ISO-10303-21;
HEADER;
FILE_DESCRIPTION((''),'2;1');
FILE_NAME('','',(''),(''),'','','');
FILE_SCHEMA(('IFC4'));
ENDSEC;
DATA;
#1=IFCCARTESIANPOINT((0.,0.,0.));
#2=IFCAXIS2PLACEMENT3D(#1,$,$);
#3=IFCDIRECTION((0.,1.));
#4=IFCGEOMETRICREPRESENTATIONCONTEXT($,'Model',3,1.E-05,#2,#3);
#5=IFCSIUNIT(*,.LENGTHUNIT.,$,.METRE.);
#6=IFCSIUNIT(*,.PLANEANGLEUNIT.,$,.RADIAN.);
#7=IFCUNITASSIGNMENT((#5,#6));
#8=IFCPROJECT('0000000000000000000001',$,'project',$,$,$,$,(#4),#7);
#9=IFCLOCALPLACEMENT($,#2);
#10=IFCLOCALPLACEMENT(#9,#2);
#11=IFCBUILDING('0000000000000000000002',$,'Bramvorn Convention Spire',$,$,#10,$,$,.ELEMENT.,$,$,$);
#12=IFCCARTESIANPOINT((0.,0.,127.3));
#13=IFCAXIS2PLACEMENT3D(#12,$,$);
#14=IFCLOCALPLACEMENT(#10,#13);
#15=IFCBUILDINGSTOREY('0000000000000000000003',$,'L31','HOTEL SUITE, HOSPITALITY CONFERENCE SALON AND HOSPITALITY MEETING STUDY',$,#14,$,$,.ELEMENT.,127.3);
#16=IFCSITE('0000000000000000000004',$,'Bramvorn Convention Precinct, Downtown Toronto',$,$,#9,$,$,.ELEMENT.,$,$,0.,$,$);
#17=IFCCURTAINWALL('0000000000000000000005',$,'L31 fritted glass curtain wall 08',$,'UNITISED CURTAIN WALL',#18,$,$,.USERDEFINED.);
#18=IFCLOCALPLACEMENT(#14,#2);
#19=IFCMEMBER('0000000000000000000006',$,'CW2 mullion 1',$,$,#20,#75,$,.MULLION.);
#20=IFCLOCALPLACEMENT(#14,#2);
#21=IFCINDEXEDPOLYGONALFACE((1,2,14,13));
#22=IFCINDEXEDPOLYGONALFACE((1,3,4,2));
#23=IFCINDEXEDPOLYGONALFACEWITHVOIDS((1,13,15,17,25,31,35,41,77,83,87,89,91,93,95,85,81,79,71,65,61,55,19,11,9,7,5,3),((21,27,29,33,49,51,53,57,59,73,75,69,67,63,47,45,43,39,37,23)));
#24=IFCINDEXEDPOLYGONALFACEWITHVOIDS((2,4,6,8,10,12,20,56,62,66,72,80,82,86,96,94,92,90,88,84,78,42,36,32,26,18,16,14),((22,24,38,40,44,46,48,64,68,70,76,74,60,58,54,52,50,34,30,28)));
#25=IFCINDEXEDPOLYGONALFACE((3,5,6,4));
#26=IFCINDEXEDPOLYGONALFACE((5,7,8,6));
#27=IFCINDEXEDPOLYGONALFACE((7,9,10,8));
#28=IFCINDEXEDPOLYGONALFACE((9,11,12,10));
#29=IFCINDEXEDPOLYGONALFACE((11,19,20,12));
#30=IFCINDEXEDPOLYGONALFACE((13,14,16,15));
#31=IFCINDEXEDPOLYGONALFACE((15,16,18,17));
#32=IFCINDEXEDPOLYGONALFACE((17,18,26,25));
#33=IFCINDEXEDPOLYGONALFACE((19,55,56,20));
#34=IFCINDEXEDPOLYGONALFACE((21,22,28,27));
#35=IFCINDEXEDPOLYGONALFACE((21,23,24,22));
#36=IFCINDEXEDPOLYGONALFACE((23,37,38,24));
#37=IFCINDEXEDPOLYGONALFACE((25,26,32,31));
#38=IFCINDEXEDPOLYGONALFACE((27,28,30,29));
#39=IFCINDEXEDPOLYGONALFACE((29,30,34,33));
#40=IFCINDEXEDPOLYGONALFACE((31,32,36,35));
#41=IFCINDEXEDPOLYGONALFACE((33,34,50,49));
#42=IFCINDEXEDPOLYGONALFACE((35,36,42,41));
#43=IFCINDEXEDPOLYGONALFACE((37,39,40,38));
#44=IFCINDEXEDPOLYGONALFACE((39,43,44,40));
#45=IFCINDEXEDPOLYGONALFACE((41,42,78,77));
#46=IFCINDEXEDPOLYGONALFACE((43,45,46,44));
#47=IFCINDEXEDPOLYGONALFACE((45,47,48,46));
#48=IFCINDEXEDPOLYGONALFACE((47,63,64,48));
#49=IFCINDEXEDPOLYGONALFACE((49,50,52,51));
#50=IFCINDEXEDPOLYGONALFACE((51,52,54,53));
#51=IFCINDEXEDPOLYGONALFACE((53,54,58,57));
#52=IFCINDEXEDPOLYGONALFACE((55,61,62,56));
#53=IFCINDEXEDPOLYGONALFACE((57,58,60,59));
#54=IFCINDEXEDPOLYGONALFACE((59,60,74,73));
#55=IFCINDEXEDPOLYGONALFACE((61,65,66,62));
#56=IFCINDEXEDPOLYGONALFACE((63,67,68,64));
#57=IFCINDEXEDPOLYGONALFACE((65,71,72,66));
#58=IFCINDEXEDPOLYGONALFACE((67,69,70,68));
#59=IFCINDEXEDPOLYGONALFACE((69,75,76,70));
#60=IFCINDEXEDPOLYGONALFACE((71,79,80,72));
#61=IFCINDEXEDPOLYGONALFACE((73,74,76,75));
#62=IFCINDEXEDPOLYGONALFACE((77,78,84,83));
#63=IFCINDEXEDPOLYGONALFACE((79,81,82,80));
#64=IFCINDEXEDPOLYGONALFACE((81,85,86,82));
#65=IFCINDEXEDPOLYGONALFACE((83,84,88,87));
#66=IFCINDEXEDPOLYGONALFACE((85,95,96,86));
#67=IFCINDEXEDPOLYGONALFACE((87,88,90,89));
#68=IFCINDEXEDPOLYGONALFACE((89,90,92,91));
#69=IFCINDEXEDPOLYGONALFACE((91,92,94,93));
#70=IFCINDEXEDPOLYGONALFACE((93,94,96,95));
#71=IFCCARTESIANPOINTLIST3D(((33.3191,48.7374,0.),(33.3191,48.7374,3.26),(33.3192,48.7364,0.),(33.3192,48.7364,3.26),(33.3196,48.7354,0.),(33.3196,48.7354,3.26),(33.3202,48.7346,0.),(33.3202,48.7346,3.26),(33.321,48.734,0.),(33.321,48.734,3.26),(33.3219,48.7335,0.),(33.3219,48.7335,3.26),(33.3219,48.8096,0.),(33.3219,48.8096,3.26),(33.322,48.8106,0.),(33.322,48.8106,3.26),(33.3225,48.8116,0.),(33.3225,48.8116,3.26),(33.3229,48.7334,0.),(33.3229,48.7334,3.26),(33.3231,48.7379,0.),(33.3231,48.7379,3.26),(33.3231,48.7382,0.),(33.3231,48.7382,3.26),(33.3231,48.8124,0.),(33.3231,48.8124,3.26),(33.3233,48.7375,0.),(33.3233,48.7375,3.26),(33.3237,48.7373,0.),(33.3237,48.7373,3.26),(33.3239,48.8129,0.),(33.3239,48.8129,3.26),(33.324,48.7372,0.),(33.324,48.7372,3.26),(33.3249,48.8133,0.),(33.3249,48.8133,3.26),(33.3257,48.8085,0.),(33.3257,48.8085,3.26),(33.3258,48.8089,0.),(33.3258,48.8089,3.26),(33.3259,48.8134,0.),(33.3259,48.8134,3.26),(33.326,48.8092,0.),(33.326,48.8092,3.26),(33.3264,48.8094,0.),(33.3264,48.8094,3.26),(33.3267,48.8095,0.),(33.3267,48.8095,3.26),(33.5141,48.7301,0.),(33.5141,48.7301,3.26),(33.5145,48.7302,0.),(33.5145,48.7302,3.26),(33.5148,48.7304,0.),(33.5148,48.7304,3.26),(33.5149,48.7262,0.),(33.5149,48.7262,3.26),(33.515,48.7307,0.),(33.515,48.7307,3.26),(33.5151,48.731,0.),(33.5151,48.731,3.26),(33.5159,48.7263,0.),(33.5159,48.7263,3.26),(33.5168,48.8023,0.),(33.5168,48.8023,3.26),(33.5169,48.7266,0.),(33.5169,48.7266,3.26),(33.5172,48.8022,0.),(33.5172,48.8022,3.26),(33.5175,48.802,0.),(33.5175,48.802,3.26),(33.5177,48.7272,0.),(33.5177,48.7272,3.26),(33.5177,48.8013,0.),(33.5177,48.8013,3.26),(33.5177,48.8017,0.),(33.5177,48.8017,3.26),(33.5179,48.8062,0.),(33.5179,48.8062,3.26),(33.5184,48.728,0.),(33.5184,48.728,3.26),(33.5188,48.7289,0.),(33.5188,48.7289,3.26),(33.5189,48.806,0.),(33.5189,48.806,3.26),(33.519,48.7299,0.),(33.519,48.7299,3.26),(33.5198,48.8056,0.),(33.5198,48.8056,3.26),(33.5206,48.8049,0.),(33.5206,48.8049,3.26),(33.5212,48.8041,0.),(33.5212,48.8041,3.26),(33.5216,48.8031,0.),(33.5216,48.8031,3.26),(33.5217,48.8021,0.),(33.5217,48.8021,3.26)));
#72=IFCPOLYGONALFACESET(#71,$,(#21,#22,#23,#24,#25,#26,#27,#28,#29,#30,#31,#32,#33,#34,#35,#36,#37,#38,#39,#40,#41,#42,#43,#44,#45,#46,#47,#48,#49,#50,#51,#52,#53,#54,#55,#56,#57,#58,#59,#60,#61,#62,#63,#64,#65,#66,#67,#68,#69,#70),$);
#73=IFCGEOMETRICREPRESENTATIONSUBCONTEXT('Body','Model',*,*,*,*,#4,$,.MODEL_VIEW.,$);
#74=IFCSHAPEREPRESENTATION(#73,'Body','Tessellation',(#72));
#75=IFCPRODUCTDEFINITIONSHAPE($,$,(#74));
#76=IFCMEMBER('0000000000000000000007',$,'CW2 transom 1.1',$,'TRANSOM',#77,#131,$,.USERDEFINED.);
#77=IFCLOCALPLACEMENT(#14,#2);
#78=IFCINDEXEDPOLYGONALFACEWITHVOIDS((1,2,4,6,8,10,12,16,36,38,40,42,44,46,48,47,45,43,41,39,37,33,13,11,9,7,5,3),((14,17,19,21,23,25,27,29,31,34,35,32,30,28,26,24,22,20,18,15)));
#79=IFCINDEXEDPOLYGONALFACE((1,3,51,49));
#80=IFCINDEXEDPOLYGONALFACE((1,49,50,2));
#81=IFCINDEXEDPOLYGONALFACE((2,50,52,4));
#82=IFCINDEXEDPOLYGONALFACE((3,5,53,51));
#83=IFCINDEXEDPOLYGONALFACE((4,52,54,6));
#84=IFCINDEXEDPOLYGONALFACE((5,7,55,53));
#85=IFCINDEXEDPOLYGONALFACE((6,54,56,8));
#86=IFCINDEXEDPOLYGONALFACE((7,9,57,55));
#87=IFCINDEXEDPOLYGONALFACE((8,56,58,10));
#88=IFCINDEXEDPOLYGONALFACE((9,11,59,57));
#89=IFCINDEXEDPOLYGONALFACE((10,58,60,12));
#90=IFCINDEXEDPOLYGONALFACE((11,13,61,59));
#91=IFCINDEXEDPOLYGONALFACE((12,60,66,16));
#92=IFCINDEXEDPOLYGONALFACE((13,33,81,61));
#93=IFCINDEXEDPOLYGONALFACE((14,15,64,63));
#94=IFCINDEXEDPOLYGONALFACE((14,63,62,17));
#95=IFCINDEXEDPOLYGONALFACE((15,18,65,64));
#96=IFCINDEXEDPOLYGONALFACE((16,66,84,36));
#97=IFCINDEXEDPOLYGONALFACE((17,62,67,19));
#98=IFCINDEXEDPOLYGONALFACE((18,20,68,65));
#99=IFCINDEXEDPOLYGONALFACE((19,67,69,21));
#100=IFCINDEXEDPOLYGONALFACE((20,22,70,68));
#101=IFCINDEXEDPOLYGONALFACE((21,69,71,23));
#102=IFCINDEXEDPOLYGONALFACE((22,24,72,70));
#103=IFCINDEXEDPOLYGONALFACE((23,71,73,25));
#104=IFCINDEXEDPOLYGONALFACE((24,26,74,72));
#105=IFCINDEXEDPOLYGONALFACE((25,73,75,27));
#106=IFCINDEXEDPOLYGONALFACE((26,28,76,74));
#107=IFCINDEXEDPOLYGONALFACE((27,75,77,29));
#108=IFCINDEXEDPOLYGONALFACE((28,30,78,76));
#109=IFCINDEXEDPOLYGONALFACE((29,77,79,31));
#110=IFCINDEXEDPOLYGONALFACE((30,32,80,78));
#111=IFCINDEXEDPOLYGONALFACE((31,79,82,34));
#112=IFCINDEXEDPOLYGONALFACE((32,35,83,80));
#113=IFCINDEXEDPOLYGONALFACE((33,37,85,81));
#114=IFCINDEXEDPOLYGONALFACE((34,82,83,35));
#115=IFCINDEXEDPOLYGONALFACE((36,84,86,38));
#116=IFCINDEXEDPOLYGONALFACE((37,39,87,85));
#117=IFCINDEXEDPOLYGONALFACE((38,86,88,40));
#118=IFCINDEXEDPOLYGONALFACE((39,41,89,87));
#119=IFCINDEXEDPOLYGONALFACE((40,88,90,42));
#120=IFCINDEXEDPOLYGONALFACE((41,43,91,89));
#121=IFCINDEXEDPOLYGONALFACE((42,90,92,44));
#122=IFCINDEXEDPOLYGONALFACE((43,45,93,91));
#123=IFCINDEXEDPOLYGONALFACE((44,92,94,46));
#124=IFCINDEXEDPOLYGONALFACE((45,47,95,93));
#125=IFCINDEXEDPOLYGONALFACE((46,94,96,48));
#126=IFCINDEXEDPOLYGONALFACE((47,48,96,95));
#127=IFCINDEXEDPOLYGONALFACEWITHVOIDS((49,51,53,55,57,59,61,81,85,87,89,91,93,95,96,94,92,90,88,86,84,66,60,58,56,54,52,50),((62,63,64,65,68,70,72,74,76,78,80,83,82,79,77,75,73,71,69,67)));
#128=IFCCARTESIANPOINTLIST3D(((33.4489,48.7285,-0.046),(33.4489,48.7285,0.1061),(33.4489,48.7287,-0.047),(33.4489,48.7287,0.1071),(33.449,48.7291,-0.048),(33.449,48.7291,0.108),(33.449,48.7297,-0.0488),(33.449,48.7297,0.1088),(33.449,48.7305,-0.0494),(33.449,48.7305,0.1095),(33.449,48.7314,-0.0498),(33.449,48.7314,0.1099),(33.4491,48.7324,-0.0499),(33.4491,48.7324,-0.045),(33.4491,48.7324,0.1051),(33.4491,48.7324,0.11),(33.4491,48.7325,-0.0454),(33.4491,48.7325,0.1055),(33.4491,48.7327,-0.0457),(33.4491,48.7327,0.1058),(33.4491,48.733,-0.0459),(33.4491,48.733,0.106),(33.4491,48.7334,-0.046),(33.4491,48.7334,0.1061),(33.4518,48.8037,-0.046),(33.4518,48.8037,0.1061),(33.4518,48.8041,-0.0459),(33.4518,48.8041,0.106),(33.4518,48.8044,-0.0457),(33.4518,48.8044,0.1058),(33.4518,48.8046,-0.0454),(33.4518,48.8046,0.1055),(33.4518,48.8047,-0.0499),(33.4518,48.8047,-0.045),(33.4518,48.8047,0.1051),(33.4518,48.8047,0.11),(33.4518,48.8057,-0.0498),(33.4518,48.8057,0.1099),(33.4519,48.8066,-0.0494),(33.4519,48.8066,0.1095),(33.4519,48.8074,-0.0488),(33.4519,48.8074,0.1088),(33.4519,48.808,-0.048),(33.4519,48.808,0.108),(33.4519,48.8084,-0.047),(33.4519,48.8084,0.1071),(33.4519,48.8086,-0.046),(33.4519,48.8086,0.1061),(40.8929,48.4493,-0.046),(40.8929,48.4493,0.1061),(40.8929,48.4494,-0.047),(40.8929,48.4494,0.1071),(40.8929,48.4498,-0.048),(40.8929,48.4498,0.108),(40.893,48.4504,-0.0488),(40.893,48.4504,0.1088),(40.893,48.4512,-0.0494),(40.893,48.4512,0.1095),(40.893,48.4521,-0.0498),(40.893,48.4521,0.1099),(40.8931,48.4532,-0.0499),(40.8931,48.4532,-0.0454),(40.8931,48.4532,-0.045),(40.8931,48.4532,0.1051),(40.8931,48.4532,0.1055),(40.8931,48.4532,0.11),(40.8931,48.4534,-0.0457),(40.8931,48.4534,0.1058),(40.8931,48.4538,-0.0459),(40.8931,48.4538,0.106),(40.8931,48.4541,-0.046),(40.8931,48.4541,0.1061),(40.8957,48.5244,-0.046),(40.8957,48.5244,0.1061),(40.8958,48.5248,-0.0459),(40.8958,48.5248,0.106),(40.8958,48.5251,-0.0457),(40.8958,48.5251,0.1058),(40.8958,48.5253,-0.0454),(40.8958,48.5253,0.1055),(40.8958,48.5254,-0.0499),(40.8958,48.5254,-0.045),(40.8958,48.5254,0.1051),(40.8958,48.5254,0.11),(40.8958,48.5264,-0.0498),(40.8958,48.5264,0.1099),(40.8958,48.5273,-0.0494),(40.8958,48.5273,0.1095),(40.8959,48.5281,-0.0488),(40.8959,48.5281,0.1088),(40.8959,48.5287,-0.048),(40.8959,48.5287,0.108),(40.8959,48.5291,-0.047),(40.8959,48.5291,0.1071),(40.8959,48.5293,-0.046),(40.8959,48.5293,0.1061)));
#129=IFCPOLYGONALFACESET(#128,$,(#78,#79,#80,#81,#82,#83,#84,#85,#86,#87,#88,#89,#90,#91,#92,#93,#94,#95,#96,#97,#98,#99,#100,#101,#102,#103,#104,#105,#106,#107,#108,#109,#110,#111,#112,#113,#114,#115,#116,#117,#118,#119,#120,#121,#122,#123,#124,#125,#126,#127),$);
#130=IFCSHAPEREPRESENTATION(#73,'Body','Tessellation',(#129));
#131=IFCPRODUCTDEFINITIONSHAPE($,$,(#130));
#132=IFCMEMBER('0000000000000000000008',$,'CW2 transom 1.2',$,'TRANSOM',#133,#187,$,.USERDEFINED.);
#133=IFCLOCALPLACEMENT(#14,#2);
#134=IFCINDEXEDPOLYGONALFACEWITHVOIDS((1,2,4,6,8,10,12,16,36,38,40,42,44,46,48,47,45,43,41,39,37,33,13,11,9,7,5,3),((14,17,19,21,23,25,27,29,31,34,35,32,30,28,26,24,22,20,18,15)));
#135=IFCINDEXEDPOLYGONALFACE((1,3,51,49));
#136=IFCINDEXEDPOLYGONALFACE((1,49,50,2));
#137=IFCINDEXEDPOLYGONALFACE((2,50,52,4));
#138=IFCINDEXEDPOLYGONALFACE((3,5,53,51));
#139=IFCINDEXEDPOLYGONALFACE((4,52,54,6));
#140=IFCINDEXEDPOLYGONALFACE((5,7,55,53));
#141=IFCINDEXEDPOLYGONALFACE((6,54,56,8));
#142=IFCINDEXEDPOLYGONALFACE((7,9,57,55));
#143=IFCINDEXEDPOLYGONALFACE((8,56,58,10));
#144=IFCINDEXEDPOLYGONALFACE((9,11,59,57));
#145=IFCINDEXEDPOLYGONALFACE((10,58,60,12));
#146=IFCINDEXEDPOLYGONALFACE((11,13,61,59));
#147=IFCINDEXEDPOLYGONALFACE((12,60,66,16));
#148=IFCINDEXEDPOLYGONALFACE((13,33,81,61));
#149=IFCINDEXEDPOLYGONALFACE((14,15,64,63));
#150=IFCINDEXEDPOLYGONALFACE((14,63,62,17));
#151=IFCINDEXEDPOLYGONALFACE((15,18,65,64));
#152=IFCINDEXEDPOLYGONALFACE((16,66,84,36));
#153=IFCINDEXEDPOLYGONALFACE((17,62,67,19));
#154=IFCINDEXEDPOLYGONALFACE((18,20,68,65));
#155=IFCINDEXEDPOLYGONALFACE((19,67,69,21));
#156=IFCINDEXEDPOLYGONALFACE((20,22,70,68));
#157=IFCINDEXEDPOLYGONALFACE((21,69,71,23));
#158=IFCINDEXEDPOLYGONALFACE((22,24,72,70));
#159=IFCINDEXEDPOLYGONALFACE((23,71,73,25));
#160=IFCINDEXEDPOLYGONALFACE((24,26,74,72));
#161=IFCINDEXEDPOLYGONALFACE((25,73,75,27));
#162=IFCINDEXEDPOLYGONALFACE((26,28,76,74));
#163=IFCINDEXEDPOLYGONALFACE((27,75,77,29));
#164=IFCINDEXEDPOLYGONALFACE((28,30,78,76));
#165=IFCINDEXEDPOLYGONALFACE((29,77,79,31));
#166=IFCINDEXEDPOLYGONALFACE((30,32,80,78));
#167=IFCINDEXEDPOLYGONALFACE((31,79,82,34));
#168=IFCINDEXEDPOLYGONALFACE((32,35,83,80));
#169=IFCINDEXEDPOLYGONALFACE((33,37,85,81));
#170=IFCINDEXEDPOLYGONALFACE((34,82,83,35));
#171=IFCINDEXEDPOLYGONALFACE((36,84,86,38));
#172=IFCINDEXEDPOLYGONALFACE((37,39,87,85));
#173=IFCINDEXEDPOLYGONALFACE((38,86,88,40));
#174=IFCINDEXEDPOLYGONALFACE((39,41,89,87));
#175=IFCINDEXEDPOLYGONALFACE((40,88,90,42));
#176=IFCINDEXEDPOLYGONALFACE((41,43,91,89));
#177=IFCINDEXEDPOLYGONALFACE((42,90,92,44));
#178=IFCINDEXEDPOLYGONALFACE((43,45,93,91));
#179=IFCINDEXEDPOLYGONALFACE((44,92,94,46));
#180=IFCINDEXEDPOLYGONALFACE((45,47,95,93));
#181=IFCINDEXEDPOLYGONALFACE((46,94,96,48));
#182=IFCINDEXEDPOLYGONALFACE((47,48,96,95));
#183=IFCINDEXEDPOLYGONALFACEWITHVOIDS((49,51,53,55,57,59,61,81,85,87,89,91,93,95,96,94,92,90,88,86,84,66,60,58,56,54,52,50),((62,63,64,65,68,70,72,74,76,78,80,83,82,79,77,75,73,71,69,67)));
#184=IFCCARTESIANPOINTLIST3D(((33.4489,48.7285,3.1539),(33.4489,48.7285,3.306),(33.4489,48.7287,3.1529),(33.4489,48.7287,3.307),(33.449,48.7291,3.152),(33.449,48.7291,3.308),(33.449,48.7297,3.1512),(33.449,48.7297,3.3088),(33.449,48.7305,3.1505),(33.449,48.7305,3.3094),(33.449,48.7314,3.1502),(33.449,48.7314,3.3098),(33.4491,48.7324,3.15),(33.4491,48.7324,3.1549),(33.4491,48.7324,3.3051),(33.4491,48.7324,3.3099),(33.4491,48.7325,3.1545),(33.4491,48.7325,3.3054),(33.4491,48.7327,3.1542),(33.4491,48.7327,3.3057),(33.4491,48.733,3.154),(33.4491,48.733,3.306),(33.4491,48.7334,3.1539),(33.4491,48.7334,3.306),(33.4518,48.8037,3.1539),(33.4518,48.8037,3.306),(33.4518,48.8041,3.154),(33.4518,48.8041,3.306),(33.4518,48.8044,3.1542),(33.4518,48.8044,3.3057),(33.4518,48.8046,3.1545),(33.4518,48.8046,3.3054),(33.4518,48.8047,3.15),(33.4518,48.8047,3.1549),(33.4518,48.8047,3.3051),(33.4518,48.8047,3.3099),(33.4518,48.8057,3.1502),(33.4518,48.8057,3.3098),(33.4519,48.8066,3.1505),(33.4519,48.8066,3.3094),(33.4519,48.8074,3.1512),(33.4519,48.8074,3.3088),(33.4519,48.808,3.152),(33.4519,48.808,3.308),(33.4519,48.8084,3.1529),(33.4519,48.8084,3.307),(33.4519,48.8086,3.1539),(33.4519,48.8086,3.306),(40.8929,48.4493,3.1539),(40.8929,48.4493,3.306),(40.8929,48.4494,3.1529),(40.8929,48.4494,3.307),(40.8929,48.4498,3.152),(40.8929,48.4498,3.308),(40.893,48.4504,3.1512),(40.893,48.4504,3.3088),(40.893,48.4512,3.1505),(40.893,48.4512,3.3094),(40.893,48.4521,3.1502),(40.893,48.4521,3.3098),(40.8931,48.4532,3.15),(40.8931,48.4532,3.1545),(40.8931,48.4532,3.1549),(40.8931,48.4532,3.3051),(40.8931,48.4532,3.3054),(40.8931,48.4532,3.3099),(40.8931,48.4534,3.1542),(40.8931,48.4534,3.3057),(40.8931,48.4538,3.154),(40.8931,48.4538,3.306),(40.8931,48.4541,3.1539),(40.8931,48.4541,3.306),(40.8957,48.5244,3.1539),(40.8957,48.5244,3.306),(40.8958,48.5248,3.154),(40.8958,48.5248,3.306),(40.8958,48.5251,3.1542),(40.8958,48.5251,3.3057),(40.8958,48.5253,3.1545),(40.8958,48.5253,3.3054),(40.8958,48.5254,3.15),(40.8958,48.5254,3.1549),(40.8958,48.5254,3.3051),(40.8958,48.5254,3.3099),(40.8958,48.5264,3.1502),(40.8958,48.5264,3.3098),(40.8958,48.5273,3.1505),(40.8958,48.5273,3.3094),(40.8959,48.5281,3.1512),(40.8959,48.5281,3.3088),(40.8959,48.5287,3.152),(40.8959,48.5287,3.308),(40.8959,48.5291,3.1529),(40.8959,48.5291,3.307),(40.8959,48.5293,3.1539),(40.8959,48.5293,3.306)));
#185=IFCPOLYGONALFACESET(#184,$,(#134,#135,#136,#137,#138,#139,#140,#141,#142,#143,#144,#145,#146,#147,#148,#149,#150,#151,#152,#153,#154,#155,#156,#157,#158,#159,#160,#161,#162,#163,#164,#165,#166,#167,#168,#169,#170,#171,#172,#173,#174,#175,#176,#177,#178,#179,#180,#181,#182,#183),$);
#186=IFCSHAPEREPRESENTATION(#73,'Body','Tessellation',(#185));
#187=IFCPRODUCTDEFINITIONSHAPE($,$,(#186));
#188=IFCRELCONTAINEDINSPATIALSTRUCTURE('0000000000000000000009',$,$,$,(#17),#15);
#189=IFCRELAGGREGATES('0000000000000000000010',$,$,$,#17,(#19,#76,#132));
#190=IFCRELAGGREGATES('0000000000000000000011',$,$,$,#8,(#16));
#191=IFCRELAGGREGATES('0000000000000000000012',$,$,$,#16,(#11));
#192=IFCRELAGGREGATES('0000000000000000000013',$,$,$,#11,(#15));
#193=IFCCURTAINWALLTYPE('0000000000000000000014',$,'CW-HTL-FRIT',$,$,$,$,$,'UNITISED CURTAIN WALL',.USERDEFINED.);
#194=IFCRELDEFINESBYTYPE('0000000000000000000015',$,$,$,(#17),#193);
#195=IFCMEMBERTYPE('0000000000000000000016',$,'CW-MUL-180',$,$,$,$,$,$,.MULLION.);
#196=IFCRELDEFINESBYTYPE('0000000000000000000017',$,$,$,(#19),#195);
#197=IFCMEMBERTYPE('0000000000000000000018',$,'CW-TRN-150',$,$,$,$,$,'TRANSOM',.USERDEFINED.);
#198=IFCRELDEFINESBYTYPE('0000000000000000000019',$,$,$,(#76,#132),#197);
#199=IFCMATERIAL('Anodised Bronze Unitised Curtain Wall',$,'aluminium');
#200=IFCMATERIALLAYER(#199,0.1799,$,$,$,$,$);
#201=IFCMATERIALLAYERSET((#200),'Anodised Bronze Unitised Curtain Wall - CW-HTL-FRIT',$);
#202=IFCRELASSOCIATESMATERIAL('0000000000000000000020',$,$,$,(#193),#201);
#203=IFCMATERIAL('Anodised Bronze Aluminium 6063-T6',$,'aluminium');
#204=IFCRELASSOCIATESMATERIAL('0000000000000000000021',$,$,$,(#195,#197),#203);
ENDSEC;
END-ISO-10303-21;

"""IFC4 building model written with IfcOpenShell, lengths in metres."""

from ifc_helpers import new_model, si_unit, direction, frame, origin, origin_2d, place, context, subcontext, project, spatial, hollow_rectangle, extrude, material, layer, layer_set, material_profile, profile_set, type_object, element, aggregate, save


model = new_model("IFC4")

# Units and contexts
model_context = context("Model", 3, precision=1e-05, world=origin(), true_north=direction((0.0, 1.0)))
body_context = subcontext(model_context, "Body", "Model", "MODEL_VIEW")
ifc_project = project(units=[si_unit("LENGTHUNIT", "METRE"), si_unit("PLANEANGLEUNIT", "RADIAN")], contexts=[model_context])

# Site, building, storey
site_placement = place(None, origin())
site = spatial("IfcSite", under=ifc_project, at=site_placement, Name="Bramvorn Convention Precinct, Downtown Toronto", CompositionType="ELEMENT", RefElevation=0.0)
building_placement = place(site_placement, origin())
building = spatial("IfcBuilding", under=site, at=building_placement, Name="Bramvorn Convention Spire", CompositionType="ELEMENT")
storey_placement = place(building_placement, frame((0.0, 0.0, 127.3)))
storey = spatial("IfcBuildingStorey", under=building, at=storey_placement, Name="L31", Description="HOTEL SUITE, HOSPITALITY CONFERENCE SALON AND HOSPITALITY MEETING STUDY", CompositionType="ELEMENT", Elevation=127.3)

# Curtain wall, members
ifc_material_1 = material(Name="Anodised Bronze Unitised Curtain Wall", Category="aluminium")
ifc_layer_1 = layer(ifc_material_1, 0.1799)
ifc_layer_set_1 = layer_set([ifc_layer_1], Name="Anodised Bronze Unitised Curtain Wall - CW-HTL-FRIT")
curtain_wall_type = type_object("IfcCurtainWallType", Name="CW-HTL-FRIT", ElementType="UNITISED CURTAIN WALL", PredefinedType="USERDEFINED", material=ifc_layer_set_1)
curtain_wall_placement = place(storey_placement, origin())
curtain_wall = element("IfcCurtainWall", 1, at=curtain_wall_placement, inside=storey, type_object=curtain_wall_type, Name="L31 fritted glass curtain wall 08", ObjectType="UNITISED CURTAIN WALL", PredefinedType="USERDEFINED")
ifc_material_2 = material(Name="Anodised Bronze Aluminium 6063-T6", Category="aluminium")
ifc_material_profile_1 = material_profile(ifc_material_2, hollow_rectangle(XDim=0.0801, YDim=0.2, WallThickness=0.0039, InnerFilletRadius=0.001, OuterFilletRadius=0.0039, at=origin_2d()))
ifc_profile_set_1 = profile_set([ifc_material_profile_1], Name="Anodised Bronze Aluminium 6063-T6 - CWM80X200")
member_type_1 = type_object("IfcMemberType", Name="CW-MUL-180", PredefinedType="MULLION", material=ifc_profile_set_1)
member_1_placement = place(storey_placement, frame((33.4204, 48.7698, 0.0), z_axis=(0.0, 0.0, 1.0), x_axis=(0.03752, 0.999296, 0.0)))
member_1 = element("IfcMember", 2, at=member_1_placement, type_object=member_type_1, Name="CW2 mullion 1", PredefinedType="MULLION", context=body_context, shape_type="SweptSolid", body=[
    extrude(hollow_rectangle(XDim=0.0801, YDim=0.2, WallThickness=0.0039, InnerFilletRadius=0.001, OuterFilletRadius=0.0039, at=origin_2d()), origin(), (0.0, 0.0, 1.0), 3.26),
])
ifc_material_profile_2 = material_profile(ifc_material_2, hollow_rectangle(XDim=0.0801, YDim=0.1599, WallThickness=0.0039, InnerFilletRadius=0.001, OuterFilletRadius=0.0039, at=origin_2d()))
ifc_profile_set_2 = profile_set([ifc_material_profile_2], Name="Anodised Bronze Aluminium 6063-T6 - CWT80X160")
member_type_2 = type_object("IfcMemberType", Name="CW-TRN-150", ElementType="TRANSOM", PredefinedType="USERDEFINED", material=ifc_profile_set_2)
member_2_placement = place(storey_placement, frame((33.4504, 48.7686, 0.03), z_axis=(0.999297, -0.037493, 0.0), x_axis=(0.037493, 0.999297, 0.0)))
member_2 = element("IfcMember", 3, at=member_2_placement, type_object=member_type_2, Name="CW2 transom 1.1", ObjectType="TRANSOM", PredefinedType="USERDEFINED", context=body_context, shape_type="SweptSolid", body=[
    extrude(hollow_rectangle(XDim=0.0801, YDim=0.1599, WallThickness=0.0039, InnerFilletRadius=0.001, OuterFilletRadius=0.0039, at=origin_2d()), origin(), (0.0, 0.0, 1.0), 7.4492),
])
member_3_placement = place(storey_placement, frame((33.4504, 48.7686, 3.23), z_axis=(0.999297, -0.037493, 0.0), x_axis=(0.037493, 0.999297, 0.0)))
member_3 = element("IfcMember", 4, at=member_3_placement, type_object=member_type_2, Name="CW2 transom 1.2", ObjectType="TRANSOM", PredefinedType="USERDEFINED", context=body_context, shape_type="SweptSolid", body=[
    extrude(hollow_rectangle(XDim=0.0801, YDim=0.1599, WallThickness=0.0039, InnerFilletRadius=0.001, OuterFilletRadius=0.0039, at=origin_2d()), origin(), (0.0, 0.0, 1.0), 7.4492),
])
aggregate(curtain_wall, [member_1, member_2, member_3])

save(model, "model.ifc")
